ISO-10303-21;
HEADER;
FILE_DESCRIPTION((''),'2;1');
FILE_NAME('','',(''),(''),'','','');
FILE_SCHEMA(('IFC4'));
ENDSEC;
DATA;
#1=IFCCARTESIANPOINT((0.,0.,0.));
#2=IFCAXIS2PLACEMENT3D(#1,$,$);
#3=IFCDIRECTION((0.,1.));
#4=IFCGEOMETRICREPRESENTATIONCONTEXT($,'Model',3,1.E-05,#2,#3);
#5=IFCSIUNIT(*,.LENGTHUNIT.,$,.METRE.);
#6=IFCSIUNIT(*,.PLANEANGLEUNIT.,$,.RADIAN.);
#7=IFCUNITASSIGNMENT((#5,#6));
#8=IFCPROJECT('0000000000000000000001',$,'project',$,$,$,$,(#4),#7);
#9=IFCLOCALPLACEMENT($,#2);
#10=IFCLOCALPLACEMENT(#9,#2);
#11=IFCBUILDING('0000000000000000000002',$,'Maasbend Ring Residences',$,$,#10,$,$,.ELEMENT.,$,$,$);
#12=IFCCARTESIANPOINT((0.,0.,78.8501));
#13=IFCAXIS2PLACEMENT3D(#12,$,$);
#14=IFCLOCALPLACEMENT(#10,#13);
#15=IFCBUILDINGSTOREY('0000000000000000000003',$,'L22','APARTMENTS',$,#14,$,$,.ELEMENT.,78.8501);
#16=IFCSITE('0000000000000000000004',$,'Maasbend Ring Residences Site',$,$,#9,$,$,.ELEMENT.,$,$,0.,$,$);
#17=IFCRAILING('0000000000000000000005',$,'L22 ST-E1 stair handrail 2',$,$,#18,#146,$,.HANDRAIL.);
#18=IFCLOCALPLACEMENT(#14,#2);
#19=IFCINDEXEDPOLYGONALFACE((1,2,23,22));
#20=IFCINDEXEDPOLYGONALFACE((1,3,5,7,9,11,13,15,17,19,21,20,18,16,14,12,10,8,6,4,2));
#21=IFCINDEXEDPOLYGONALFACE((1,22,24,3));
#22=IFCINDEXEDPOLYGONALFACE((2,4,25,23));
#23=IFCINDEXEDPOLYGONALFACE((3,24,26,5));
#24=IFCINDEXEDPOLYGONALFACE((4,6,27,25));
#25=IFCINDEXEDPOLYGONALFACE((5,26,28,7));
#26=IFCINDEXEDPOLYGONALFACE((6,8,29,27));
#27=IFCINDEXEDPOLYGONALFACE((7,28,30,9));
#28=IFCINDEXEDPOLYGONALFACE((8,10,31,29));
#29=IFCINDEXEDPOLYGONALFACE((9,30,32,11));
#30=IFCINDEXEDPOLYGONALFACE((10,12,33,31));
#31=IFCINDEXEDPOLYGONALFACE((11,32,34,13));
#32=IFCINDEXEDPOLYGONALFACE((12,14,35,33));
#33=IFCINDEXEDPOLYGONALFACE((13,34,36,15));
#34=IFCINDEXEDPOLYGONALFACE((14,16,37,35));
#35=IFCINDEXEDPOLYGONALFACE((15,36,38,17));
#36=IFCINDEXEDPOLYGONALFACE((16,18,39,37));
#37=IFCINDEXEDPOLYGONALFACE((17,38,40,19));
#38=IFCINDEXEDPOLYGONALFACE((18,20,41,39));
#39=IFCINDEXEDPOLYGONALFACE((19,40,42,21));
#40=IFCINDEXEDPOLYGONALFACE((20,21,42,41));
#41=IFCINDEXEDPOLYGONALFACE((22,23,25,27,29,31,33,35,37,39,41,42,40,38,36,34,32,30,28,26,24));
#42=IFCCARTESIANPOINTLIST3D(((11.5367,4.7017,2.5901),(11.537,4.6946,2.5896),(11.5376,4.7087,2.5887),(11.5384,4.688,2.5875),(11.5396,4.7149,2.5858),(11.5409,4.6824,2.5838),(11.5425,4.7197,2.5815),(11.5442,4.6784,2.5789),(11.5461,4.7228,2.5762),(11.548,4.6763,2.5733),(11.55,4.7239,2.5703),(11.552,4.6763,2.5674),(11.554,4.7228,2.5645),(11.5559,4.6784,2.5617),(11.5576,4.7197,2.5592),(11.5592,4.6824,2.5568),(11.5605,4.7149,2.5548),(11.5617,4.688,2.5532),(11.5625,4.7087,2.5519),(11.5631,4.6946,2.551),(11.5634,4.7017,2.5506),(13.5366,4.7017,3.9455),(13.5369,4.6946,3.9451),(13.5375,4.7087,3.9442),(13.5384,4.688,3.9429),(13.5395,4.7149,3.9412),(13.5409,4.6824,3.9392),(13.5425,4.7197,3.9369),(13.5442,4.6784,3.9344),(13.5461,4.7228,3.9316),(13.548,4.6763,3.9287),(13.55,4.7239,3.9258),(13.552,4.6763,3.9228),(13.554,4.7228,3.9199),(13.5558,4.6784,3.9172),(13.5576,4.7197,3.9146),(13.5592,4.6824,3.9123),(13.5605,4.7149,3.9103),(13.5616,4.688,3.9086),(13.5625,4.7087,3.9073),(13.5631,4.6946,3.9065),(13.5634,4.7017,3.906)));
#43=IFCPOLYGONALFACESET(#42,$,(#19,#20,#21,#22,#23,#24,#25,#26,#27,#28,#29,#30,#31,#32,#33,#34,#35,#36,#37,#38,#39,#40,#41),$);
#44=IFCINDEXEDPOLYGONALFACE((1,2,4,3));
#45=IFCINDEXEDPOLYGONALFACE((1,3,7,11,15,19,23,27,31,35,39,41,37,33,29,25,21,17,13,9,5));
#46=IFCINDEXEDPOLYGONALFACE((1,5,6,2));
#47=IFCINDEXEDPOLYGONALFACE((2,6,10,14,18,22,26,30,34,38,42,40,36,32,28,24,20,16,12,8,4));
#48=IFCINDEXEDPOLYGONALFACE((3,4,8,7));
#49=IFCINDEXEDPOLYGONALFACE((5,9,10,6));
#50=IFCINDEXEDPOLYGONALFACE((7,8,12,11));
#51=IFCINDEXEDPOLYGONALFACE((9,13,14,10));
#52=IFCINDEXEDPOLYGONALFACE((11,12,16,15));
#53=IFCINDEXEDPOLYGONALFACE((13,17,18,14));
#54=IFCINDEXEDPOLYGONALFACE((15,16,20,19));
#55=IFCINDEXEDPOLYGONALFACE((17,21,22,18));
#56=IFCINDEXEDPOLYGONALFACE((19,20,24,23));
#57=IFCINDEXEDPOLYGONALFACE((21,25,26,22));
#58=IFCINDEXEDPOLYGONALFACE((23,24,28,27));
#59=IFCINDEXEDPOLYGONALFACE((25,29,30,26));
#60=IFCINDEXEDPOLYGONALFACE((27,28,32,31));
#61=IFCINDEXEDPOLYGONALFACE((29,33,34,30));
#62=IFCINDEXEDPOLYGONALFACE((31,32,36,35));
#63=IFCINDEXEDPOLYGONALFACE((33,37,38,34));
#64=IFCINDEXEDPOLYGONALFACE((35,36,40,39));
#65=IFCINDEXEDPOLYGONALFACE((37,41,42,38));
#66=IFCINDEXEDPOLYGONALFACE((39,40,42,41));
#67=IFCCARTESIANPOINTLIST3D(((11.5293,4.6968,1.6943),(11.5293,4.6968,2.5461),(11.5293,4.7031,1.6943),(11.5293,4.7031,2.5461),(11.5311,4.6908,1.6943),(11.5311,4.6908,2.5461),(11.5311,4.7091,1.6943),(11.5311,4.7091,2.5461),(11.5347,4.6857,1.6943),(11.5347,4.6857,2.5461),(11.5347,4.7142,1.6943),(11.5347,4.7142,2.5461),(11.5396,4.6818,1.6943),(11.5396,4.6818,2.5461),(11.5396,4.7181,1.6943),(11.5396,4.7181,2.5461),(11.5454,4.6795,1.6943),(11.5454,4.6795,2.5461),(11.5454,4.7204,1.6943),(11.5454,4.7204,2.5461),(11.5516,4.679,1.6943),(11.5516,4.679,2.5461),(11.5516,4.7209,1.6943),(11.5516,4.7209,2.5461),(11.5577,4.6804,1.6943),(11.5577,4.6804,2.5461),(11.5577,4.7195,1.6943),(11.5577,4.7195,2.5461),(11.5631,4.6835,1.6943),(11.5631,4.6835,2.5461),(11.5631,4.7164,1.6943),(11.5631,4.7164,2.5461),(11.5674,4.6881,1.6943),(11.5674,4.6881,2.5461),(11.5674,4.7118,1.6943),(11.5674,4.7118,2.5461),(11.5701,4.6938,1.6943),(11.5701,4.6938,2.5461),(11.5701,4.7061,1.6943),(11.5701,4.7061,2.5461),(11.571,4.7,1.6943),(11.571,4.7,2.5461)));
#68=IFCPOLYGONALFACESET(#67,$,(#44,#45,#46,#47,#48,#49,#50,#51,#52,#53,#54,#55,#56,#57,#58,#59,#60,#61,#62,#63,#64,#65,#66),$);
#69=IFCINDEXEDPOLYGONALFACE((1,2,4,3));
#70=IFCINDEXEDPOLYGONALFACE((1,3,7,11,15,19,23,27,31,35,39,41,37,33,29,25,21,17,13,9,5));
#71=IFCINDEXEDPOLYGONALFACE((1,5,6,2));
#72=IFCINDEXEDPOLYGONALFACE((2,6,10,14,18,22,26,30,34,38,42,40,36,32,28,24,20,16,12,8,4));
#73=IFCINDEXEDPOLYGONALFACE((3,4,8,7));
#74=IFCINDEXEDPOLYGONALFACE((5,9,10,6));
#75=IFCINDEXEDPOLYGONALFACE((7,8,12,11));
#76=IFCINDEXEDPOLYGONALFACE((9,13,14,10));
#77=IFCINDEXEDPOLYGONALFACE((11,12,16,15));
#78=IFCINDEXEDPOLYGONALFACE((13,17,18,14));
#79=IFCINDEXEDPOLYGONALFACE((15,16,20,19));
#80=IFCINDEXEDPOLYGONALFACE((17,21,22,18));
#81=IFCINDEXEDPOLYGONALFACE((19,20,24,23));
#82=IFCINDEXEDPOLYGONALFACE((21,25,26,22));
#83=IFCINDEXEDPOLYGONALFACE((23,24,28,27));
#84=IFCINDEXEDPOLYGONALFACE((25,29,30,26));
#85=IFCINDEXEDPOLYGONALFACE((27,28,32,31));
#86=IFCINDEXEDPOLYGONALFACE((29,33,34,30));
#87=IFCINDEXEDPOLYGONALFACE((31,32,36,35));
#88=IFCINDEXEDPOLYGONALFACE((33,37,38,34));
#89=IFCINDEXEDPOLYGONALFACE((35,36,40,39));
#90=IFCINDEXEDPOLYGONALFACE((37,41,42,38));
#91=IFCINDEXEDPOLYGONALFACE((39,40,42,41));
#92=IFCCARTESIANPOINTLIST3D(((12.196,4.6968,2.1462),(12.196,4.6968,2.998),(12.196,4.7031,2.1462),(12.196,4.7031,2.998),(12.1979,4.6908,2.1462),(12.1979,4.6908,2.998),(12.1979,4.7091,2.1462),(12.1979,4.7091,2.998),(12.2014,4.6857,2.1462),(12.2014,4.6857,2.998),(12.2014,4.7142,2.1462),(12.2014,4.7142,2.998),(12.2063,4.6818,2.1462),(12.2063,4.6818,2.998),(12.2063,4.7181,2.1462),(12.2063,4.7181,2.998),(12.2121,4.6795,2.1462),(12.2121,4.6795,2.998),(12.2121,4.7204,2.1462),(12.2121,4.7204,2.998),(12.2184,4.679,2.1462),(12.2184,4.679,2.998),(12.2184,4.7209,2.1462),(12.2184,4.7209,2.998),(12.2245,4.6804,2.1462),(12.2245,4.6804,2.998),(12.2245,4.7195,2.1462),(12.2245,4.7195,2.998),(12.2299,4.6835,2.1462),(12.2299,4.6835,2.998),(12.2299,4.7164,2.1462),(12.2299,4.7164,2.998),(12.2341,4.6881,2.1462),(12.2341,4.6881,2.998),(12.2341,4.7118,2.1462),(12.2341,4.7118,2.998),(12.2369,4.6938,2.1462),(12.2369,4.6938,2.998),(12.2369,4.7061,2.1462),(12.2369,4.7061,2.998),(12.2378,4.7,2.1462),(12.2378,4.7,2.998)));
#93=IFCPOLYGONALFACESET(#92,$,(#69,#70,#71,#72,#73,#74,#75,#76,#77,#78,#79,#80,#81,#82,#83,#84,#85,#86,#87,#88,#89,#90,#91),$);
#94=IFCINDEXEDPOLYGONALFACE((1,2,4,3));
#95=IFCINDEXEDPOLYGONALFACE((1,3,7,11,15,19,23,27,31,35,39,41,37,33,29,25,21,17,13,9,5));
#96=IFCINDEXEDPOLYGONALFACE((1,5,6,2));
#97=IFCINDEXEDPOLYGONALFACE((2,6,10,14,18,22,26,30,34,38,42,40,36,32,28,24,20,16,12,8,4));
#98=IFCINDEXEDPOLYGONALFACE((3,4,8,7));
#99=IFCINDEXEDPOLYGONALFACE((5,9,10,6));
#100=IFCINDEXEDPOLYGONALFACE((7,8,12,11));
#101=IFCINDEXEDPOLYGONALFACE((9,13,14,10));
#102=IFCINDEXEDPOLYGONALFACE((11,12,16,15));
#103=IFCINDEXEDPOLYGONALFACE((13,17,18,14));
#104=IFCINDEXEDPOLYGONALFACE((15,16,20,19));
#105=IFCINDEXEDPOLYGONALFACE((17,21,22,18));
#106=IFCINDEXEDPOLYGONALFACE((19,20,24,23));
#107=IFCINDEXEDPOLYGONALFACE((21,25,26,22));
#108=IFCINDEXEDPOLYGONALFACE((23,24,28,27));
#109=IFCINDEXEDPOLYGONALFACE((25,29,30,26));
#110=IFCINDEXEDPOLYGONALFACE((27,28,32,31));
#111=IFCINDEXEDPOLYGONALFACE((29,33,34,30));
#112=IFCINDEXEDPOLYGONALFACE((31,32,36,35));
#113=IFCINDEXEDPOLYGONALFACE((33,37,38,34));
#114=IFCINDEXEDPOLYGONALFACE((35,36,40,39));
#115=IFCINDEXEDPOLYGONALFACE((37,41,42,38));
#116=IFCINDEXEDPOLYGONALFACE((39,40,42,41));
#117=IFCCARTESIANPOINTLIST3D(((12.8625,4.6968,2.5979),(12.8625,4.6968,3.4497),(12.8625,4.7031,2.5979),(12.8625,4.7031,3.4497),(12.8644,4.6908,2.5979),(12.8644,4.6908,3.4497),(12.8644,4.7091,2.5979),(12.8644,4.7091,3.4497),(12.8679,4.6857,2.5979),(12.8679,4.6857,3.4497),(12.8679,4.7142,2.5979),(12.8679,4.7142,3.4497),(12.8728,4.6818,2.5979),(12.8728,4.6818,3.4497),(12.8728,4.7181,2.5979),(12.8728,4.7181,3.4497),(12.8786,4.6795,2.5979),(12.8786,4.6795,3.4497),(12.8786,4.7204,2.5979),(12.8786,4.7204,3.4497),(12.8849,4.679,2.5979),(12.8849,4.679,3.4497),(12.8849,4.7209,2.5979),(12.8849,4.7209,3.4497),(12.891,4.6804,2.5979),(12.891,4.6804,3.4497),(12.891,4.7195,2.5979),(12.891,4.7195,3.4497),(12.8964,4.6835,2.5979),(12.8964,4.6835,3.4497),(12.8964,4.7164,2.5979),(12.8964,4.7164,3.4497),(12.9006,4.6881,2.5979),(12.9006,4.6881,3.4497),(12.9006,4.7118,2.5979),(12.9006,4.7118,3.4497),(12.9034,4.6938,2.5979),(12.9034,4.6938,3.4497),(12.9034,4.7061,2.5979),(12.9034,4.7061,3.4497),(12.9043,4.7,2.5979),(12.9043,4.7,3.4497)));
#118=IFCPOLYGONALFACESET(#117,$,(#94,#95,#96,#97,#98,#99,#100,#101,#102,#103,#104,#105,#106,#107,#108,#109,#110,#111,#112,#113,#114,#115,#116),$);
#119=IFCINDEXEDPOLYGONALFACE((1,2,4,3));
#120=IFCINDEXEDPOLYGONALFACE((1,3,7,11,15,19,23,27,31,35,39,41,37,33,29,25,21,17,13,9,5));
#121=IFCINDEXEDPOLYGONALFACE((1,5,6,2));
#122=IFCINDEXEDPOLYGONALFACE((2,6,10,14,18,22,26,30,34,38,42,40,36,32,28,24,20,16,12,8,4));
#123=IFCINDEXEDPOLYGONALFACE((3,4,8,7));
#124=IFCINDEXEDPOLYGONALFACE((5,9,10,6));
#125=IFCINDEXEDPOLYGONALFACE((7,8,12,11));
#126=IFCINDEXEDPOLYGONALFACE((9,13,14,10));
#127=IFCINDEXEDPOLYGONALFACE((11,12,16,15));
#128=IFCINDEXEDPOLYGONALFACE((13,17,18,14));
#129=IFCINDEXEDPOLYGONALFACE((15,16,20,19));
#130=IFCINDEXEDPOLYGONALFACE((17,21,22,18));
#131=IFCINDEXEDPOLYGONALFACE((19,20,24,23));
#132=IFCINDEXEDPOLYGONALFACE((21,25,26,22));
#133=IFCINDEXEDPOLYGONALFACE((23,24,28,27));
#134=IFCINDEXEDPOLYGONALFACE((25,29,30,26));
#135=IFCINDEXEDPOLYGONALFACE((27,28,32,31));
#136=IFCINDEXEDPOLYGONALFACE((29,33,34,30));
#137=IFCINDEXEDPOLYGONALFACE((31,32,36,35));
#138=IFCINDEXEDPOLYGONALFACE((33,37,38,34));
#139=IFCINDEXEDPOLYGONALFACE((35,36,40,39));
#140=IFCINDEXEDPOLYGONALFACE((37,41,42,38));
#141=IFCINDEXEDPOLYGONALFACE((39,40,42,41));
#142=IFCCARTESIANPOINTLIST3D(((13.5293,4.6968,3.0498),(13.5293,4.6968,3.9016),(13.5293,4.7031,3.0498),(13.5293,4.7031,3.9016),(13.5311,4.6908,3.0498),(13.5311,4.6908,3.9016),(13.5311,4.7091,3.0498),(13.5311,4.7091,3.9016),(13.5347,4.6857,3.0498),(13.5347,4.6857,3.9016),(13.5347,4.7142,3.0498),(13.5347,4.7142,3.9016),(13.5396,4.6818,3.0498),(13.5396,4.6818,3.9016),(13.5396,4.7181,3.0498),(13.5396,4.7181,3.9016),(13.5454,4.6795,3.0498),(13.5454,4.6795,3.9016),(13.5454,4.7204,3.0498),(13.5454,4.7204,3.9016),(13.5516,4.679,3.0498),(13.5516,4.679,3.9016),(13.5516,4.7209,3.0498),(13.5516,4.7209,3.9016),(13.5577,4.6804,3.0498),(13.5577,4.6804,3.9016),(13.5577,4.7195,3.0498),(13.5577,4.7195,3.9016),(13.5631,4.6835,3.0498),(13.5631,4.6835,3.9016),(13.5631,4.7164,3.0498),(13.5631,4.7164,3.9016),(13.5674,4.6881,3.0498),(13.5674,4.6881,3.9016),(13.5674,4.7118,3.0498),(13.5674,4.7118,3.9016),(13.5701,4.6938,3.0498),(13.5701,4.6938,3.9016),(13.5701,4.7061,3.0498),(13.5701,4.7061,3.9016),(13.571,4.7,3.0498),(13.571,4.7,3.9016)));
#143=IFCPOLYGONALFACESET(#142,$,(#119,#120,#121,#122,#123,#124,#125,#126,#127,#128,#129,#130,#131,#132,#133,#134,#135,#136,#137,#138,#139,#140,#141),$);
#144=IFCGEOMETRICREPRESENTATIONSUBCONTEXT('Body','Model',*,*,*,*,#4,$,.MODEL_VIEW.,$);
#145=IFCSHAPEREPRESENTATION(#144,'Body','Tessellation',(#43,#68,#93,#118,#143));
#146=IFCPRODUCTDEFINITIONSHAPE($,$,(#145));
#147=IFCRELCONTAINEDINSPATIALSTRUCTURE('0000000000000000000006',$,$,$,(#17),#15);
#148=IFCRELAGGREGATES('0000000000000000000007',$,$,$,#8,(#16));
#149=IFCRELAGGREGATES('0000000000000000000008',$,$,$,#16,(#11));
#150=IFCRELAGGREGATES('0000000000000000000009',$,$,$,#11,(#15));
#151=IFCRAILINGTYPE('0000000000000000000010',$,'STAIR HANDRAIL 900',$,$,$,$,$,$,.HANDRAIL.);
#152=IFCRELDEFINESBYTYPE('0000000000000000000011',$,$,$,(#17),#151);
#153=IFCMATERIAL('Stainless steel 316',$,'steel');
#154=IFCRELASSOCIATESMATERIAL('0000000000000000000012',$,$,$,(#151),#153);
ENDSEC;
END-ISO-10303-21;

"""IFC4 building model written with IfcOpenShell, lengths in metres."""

from ifc_helpers import new_model, si_unit, direction, frame, origin, origin_2d, place, context, subcontext, project, spatial, circle, extrude, material, type_object, element, save


model = new_model("IFC4")

# Units and contexts
model_context = context("Model", 3, precision=1e-05, world=origin(), true_north=direction((0.0, 1.0)))
body_context = subcontext(model_context, "Body", "Model", "MODEL_VIEW")
ifc_project = project(units=[si_unit("LENGTHUNIT", "METRE"), si_unit("PLANEANGLEUNIT", "RADIAN")], contexts=[model_context])

# Site, building, storey
site_placement = place(None, origin())
site = spatial("IfcSite", under=ifc_project, at=site_placement, Name="Maasbend Ring Residences Site", CompositionType="ELEMENT", RefElevation=0.0)
building_placement = place(site_placement, origin())
building = spatial("IfcBuilding", under=site, at=building_placement, Name="Maasbend Ring Residences", CompositionType="ELEMENT")
storey_placement = place(building_placement, frame((0.0, 0.0, 78.8501)))
storey = spatial("IfcBuildingStorey", under=building, at=storey_placement, Name="L22", Description="APARTMENTS", CompositionType="ELEMENT", Elevation=78.8501)

# Railing
ifc_material_1 = material(Name="Stainless steel 316", Category="steel")
railing_type_1 = type_object("IfcRailingType", Name="STAIR HANDRAIL 900", PredefinedType="HANDRAIL", material=ifc_material_1)
railing_1_placement = place(storey_placement, frame((11.55, 4.7, 1.6943)))
element("IfcRailing", 1, at=railing_1_placement, inside=storey, type_object=railing_type_1, Name="L22 ST-E1 stair handrail 2", PredefinedType="HANDRAIL", context=body_context, shape_type="SweptSolid", body=[
    extrude(circle(Radius=0.0239, at=origin_2d()), frame((0.0, 0.0, 0.876), z_axis=(0.827798, 0.0, 0.561027), x_axis=(0.0, 1.0, 0.0)), (0.0, 0.0, 1.0), 2.416),
    extrude(circle(Radius=0.021, at=origin_2d()), origin(), (0.0, 0.0, 1.0), 0.8518),
    extrude(circle(Radius=0.021, at=origin_2d()), frame((0.6667, 0.0, 0.4519)), (0.0, 0.0, 1.0), 0.8518),
    extrude(circle(Radius=0.021, at=origin_2d()), frame((1.3333, 0.0, 0.9036)), (0.0, 0.0, 1.0), 0.8518),
    extrude(circle(Radius=0.021, at=origin_2d()), frame((2.0, 0.0, 1.3555)), (0.0, 0.0, 1.0), 0.8518),
])

save(model, "model.ifc")
